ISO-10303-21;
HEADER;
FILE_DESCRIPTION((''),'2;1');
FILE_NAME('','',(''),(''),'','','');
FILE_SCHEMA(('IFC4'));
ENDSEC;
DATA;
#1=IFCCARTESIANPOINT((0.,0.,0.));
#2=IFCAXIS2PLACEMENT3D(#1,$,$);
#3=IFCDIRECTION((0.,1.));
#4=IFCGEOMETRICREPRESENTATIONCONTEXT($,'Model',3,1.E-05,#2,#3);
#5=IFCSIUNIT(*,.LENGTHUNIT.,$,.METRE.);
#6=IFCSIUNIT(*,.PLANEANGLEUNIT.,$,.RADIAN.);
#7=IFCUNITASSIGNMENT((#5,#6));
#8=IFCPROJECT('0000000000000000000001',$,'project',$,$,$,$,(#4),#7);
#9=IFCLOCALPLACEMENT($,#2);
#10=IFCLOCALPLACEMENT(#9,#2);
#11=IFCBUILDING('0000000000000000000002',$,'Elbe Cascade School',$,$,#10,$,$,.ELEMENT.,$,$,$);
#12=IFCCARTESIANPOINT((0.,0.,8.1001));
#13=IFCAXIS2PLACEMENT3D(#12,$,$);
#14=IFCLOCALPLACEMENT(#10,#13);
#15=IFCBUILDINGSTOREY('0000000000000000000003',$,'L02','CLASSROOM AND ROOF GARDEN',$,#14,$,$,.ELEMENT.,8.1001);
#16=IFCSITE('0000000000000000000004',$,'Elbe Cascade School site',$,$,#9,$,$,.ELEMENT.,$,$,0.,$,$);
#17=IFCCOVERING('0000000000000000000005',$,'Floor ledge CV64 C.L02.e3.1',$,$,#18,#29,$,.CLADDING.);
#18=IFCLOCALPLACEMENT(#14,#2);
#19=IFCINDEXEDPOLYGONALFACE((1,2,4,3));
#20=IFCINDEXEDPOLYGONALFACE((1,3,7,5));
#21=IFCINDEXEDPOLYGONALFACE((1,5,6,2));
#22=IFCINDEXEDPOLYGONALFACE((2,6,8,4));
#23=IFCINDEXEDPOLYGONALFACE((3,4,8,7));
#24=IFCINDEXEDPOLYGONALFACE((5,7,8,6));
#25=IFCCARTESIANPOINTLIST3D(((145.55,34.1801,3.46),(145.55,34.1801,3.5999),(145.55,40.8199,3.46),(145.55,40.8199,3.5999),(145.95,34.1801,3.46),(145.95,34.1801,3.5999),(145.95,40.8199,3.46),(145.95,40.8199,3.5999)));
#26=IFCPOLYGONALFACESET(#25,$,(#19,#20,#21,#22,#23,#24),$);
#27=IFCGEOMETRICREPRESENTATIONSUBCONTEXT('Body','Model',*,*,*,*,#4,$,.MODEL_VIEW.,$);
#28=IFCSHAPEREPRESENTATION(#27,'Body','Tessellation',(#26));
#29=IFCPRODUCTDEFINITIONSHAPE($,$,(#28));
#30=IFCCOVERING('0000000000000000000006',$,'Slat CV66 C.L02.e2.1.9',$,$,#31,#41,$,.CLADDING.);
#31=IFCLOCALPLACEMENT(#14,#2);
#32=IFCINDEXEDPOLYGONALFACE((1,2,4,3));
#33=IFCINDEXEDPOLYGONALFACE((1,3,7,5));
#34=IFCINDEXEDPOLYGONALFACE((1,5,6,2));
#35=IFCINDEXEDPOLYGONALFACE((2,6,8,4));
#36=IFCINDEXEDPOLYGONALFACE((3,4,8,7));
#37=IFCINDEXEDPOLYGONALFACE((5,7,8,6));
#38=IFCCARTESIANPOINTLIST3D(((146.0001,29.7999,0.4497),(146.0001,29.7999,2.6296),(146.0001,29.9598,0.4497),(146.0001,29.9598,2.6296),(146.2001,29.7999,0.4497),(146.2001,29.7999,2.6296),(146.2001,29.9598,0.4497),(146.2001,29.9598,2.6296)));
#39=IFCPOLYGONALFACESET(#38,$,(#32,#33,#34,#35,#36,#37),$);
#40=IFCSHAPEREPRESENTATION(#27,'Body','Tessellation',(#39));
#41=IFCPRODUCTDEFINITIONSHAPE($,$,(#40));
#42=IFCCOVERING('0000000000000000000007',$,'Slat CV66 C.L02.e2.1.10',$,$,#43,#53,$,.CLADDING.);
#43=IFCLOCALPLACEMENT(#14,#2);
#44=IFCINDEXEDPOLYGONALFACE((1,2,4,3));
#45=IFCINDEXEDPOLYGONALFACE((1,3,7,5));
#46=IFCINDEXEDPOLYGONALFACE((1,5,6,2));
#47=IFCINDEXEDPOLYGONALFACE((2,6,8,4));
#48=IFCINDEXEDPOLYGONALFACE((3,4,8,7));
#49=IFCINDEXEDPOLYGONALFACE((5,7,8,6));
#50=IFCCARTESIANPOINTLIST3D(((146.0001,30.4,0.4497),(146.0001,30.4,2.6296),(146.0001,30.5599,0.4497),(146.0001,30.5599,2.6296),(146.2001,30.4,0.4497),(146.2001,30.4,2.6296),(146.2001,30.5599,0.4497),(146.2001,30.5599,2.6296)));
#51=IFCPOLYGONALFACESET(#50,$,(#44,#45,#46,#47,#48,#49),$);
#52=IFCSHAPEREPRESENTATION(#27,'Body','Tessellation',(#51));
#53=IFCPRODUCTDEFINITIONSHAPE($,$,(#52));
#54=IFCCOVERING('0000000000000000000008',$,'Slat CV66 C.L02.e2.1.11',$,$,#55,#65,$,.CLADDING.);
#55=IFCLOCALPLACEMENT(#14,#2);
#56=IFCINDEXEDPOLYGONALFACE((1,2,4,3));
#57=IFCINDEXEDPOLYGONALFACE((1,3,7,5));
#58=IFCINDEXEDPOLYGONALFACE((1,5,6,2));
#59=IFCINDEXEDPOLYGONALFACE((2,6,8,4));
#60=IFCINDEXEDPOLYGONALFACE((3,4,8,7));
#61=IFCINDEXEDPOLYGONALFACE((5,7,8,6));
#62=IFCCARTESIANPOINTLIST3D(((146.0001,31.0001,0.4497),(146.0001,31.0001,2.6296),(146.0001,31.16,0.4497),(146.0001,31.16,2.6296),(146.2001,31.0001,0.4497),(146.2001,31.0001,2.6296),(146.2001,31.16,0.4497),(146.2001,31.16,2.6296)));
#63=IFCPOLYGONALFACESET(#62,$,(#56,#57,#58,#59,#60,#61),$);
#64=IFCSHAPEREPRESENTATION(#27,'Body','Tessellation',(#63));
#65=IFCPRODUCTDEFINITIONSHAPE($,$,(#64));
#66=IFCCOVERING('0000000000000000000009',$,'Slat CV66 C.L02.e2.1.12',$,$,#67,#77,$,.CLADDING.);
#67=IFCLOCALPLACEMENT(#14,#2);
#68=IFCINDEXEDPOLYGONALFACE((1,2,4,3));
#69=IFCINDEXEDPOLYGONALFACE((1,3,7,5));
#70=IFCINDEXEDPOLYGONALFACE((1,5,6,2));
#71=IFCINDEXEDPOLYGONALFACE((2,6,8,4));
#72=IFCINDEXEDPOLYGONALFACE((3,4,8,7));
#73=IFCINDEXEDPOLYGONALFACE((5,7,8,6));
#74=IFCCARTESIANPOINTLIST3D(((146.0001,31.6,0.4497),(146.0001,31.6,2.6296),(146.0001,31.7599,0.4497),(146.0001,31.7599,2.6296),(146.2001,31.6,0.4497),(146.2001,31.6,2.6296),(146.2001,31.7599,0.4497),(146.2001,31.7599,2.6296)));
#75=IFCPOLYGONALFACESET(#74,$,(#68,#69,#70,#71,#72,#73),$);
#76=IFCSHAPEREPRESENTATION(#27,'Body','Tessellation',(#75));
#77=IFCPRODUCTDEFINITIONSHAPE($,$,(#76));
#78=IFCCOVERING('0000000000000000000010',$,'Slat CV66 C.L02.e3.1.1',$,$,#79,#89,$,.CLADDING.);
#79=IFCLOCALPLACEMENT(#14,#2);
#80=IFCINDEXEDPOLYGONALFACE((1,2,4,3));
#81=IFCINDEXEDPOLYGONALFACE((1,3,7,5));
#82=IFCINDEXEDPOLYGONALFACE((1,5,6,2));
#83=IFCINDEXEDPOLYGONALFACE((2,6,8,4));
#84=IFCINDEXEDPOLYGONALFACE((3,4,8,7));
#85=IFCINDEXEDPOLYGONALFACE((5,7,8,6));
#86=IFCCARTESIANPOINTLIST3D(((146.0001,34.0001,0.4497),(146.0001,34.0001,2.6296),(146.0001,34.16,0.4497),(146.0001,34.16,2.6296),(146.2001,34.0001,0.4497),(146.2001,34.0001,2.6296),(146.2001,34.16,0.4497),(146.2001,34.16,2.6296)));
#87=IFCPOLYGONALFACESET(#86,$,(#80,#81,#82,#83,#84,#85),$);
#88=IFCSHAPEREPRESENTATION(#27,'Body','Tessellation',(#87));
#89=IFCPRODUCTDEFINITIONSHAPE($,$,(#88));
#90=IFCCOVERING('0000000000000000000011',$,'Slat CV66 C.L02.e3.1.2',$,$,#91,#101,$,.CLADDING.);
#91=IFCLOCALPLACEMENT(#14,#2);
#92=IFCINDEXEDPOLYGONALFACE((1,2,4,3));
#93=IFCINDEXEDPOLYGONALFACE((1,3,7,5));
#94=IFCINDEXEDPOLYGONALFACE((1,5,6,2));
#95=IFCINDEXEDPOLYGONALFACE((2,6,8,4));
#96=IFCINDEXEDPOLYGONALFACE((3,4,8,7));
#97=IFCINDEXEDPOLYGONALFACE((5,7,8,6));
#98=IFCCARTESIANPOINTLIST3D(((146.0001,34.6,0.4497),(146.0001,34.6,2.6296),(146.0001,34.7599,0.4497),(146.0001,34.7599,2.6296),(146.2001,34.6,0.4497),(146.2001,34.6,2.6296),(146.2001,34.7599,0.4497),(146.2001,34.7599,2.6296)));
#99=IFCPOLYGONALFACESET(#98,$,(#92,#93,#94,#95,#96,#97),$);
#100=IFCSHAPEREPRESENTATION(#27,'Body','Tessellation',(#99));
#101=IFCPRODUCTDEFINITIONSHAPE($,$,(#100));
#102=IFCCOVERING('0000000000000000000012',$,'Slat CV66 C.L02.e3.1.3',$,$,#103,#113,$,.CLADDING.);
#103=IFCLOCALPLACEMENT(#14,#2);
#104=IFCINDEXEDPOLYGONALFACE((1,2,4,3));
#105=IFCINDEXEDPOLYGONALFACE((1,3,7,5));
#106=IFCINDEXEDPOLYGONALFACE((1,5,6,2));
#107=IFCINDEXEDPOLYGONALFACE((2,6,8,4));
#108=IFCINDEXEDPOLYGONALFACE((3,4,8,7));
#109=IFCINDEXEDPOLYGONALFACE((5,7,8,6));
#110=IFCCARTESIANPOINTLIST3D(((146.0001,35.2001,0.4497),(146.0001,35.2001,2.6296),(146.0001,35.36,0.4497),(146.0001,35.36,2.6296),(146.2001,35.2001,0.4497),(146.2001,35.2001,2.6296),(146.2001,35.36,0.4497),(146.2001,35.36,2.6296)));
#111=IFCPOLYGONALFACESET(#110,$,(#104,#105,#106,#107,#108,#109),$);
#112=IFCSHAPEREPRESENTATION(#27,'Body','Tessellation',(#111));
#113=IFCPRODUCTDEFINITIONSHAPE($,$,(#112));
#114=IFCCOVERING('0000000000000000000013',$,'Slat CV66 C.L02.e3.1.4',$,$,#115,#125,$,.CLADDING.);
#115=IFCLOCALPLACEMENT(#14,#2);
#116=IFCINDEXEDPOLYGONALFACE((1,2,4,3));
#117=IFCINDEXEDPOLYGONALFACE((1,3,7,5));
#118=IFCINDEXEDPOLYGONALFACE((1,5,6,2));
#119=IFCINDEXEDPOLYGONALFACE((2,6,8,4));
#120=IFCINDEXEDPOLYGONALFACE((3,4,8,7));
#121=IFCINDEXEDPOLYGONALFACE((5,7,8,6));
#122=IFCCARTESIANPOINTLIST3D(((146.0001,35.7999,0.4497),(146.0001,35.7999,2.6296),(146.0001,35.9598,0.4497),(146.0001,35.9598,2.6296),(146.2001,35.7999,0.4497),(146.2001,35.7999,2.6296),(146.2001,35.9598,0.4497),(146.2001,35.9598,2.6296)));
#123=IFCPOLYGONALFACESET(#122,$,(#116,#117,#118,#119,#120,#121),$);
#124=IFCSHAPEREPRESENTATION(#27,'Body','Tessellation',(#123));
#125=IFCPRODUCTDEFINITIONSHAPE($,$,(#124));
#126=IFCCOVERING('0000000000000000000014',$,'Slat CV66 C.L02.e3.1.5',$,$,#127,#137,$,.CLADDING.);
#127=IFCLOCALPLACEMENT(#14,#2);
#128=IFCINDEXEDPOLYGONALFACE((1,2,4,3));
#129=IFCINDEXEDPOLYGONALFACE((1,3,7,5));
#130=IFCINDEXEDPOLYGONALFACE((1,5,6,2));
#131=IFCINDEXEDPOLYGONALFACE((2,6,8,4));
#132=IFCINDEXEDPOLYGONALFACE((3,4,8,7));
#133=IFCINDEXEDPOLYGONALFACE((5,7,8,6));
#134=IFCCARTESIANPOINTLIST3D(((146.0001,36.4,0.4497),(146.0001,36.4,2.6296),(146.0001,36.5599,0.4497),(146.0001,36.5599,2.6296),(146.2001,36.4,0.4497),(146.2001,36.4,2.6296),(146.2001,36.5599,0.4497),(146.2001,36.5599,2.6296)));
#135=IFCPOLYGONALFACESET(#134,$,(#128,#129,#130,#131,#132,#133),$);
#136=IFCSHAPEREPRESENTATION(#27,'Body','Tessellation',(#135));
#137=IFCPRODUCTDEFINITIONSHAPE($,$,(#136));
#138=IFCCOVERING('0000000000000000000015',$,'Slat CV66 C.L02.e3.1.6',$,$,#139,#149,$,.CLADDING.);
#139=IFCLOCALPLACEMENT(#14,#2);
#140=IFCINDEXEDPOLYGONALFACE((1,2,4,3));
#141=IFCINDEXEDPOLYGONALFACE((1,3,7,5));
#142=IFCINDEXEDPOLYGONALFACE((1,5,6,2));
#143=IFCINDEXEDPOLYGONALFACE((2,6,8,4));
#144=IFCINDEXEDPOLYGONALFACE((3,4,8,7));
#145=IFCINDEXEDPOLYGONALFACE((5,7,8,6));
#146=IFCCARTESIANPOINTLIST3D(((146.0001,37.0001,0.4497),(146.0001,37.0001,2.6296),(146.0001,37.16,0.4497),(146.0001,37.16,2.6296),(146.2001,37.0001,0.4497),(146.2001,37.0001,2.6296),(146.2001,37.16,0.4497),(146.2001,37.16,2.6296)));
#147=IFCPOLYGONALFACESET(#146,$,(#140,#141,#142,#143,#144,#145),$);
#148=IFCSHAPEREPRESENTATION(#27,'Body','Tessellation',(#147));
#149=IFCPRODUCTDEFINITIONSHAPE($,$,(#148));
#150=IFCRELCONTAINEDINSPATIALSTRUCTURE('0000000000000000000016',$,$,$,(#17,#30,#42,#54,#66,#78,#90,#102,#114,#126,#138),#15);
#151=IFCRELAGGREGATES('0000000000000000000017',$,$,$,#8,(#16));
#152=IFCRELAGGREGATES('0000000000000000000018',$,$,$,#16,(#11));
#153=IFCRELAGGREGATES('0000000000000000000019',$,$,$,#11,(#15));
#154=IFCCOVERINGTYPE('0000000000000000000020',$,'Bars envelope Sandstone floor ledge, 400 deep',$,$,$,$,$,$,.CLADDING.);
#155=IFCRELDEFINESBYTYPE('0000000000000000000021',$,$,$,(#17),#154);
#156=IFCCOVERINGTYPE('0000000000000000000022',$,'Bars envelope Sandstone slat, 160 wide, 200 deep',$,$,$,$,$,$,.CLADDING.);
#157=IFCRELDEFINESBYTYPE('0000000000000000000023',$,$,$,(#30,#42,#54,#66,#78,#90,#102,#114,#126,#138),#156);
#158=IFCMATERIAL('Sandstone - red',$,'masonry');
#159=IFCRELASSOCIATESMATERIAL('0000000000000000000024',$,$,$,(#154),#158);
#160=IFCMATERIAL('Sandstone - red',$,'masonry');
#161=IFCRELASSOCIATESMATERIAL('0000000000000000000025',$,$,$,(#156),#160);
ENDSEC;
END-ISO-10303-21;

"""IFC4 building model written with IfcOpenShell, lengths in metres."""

from ifc_helpers import new_model, si_unit, direction, frame, origin, origin_2d, place, context, subcontext, project, spatial, rectangle, extrude, material, type_object, element, save


model = new_model("IFC4")

# Units and contexts
model_context = context("Model", 3, precision=1e-05, world=origin(), true_north=direction((0.0, 1.0)))
body_context = subcontext(model_context, "Body", "Model", "MODEL_VIEW")
ifc_project = project(units=[si_unit("LENGTHUNIT", "METRE"), si_unit("PLANEANGLEUNIT", "RADIAN")], contexts=[model_context])

# Site, building, storey
site_placement = place(None, origin())
site = spatial("IfcSite", under=ifc_project, at=site_placement, Name="Elbe Cascade School site", CompositionType="ELEMENT", RefElevation=0.0)
building_placement = place(site_placement, origin())
building = spatial("IfcBuilding", under=site, at=building_placement, Name="Elbe Cascade School", CompositionType="ELEMENT")
storey_placement = place(building_placement, frame((0.0, 0.0, 8.1001)))
storey = spatial("IfcBuildingStorey", under=building, at=storey_placement, Name="L02", Description="CLASSROOM AND ROOF GARDEN", CompositionType="ELEMENT", Elevation=8.1001)

# Coverings
ifc_material_1 = material(Name="Sandstone - red", Category="masonry")
covering_type_1 = type_object("IfcCoveringType", Name="Bars envelope Sandstone floor ledge, 400 deep", PredefinedType="CLADDING", material=ifc_material_1)
covering_placement = place(storey_placement, frame((145.75, 37.5, 3.46), z_axis=(0.0, 0.0, 1.0), x_axis=(0.0, 1.0, 0.0)))
element("IfcCovering", 1, at=covering_placement, inside=storey, type_object=covering_type_1, Name="Floor ledge CV64 C.L02.e3.1", PredefinedType="CLADDING", context=body_context, shape_type="SweptSolid", body=[
    extrude(rectangle(XDim=6.6399, YDim=0.3999, at=origin_2d()), origin(), (0.0, 0.0, 1.0), 0.1399),
])
ifc_material_2 = material(Name="Sandstone - red", Category="masonry")
covering_type_2 = type_object("IfcCoveringType", Name="Bars envelope Sandstone slat, 160 wide, 200 deep", PredefinedType="CLADDING", material=ifc_material_2)
for number, where, z_axis, x_axis, name in (
    (2, (146.1001, 29.8799, 0.4497), (0.0, 0.0, 1.0), (0.0, 1.0, 0.0), "Slat CV66 C.L02.e2.1.9"),
    (3, (146.1001, 30.48, 0.4497), (0.0, 0.0, 1.0), (0.0, 1.0, 0.0), "Slat CV66 C.L02.e2.1.10"),
    (4, (146.1001, 31.0801, 0.4497), (0.0, 0.0, 1.0), (0.0, 1.0, 0.0), "Slat CV66 C.L02.e2.1.11"),
    (5, (146.1001, 31.6799, 0.4497), (0.0, 0.0, 1.0), (0.0, 1.0, 0.0), "Slat CV66 C.L02.e2.1.12"),
    (6, (146.1001, 34.0801, 0.4497), (0.0, 0.0, 1.0), (0.0, 1.0, 0.0), "Slat CV66 C.L02.e3.1.1"),
    (7, (146.1001, 34.6799, 0.4497), (0.0, 0.0, 1.0), (0.0, 1.0, 0.0), "Slat CV66 C.L02.e3.1.2"),
    (8, (146.1001, 35.28, 0.4497), (0.0, 0.0, 1.0), (0.0, 1.0, 0.0), "Slat CV66 C.L02.e3.1.3"),
    (9, (146.1001, 35.8799, 0.4497), (0.0, 0.0, 1.0), (0.0, 1.0, 0.0), "Slat CV66 C.L02.e3.1.4"),
    (10, (146.1001, 36.48, 0.4497), (0.0, 0.0, 1.0), (0.0, 1.0, 0.0), "Slat CV66 C.L02.e3.1.5"),
    (11, (146.1001, 37.0801, 0.4497), (0.0, 0.0, 1.0), (0.0, 1.0, 0.0), "Slat CV66 C.L02.e3.1.6"),
):
    element("IfcCovering", number, at=place(storey_placement, frame(where, z_axis=z_axis, x_axis=x_axis)), inside=storey, type_object=covering_type_2, Name=name, PredefinedType="CLADDING", context=body_context, shape_type="SweptSolid", body=[
        extrude(rectangle(XDim=0.1599, YDim=0.2, at=origin_2d()), origin(), (0.0, 0.0, 1.0), 2.1799),
    ])

save(model, "model.ifc")
